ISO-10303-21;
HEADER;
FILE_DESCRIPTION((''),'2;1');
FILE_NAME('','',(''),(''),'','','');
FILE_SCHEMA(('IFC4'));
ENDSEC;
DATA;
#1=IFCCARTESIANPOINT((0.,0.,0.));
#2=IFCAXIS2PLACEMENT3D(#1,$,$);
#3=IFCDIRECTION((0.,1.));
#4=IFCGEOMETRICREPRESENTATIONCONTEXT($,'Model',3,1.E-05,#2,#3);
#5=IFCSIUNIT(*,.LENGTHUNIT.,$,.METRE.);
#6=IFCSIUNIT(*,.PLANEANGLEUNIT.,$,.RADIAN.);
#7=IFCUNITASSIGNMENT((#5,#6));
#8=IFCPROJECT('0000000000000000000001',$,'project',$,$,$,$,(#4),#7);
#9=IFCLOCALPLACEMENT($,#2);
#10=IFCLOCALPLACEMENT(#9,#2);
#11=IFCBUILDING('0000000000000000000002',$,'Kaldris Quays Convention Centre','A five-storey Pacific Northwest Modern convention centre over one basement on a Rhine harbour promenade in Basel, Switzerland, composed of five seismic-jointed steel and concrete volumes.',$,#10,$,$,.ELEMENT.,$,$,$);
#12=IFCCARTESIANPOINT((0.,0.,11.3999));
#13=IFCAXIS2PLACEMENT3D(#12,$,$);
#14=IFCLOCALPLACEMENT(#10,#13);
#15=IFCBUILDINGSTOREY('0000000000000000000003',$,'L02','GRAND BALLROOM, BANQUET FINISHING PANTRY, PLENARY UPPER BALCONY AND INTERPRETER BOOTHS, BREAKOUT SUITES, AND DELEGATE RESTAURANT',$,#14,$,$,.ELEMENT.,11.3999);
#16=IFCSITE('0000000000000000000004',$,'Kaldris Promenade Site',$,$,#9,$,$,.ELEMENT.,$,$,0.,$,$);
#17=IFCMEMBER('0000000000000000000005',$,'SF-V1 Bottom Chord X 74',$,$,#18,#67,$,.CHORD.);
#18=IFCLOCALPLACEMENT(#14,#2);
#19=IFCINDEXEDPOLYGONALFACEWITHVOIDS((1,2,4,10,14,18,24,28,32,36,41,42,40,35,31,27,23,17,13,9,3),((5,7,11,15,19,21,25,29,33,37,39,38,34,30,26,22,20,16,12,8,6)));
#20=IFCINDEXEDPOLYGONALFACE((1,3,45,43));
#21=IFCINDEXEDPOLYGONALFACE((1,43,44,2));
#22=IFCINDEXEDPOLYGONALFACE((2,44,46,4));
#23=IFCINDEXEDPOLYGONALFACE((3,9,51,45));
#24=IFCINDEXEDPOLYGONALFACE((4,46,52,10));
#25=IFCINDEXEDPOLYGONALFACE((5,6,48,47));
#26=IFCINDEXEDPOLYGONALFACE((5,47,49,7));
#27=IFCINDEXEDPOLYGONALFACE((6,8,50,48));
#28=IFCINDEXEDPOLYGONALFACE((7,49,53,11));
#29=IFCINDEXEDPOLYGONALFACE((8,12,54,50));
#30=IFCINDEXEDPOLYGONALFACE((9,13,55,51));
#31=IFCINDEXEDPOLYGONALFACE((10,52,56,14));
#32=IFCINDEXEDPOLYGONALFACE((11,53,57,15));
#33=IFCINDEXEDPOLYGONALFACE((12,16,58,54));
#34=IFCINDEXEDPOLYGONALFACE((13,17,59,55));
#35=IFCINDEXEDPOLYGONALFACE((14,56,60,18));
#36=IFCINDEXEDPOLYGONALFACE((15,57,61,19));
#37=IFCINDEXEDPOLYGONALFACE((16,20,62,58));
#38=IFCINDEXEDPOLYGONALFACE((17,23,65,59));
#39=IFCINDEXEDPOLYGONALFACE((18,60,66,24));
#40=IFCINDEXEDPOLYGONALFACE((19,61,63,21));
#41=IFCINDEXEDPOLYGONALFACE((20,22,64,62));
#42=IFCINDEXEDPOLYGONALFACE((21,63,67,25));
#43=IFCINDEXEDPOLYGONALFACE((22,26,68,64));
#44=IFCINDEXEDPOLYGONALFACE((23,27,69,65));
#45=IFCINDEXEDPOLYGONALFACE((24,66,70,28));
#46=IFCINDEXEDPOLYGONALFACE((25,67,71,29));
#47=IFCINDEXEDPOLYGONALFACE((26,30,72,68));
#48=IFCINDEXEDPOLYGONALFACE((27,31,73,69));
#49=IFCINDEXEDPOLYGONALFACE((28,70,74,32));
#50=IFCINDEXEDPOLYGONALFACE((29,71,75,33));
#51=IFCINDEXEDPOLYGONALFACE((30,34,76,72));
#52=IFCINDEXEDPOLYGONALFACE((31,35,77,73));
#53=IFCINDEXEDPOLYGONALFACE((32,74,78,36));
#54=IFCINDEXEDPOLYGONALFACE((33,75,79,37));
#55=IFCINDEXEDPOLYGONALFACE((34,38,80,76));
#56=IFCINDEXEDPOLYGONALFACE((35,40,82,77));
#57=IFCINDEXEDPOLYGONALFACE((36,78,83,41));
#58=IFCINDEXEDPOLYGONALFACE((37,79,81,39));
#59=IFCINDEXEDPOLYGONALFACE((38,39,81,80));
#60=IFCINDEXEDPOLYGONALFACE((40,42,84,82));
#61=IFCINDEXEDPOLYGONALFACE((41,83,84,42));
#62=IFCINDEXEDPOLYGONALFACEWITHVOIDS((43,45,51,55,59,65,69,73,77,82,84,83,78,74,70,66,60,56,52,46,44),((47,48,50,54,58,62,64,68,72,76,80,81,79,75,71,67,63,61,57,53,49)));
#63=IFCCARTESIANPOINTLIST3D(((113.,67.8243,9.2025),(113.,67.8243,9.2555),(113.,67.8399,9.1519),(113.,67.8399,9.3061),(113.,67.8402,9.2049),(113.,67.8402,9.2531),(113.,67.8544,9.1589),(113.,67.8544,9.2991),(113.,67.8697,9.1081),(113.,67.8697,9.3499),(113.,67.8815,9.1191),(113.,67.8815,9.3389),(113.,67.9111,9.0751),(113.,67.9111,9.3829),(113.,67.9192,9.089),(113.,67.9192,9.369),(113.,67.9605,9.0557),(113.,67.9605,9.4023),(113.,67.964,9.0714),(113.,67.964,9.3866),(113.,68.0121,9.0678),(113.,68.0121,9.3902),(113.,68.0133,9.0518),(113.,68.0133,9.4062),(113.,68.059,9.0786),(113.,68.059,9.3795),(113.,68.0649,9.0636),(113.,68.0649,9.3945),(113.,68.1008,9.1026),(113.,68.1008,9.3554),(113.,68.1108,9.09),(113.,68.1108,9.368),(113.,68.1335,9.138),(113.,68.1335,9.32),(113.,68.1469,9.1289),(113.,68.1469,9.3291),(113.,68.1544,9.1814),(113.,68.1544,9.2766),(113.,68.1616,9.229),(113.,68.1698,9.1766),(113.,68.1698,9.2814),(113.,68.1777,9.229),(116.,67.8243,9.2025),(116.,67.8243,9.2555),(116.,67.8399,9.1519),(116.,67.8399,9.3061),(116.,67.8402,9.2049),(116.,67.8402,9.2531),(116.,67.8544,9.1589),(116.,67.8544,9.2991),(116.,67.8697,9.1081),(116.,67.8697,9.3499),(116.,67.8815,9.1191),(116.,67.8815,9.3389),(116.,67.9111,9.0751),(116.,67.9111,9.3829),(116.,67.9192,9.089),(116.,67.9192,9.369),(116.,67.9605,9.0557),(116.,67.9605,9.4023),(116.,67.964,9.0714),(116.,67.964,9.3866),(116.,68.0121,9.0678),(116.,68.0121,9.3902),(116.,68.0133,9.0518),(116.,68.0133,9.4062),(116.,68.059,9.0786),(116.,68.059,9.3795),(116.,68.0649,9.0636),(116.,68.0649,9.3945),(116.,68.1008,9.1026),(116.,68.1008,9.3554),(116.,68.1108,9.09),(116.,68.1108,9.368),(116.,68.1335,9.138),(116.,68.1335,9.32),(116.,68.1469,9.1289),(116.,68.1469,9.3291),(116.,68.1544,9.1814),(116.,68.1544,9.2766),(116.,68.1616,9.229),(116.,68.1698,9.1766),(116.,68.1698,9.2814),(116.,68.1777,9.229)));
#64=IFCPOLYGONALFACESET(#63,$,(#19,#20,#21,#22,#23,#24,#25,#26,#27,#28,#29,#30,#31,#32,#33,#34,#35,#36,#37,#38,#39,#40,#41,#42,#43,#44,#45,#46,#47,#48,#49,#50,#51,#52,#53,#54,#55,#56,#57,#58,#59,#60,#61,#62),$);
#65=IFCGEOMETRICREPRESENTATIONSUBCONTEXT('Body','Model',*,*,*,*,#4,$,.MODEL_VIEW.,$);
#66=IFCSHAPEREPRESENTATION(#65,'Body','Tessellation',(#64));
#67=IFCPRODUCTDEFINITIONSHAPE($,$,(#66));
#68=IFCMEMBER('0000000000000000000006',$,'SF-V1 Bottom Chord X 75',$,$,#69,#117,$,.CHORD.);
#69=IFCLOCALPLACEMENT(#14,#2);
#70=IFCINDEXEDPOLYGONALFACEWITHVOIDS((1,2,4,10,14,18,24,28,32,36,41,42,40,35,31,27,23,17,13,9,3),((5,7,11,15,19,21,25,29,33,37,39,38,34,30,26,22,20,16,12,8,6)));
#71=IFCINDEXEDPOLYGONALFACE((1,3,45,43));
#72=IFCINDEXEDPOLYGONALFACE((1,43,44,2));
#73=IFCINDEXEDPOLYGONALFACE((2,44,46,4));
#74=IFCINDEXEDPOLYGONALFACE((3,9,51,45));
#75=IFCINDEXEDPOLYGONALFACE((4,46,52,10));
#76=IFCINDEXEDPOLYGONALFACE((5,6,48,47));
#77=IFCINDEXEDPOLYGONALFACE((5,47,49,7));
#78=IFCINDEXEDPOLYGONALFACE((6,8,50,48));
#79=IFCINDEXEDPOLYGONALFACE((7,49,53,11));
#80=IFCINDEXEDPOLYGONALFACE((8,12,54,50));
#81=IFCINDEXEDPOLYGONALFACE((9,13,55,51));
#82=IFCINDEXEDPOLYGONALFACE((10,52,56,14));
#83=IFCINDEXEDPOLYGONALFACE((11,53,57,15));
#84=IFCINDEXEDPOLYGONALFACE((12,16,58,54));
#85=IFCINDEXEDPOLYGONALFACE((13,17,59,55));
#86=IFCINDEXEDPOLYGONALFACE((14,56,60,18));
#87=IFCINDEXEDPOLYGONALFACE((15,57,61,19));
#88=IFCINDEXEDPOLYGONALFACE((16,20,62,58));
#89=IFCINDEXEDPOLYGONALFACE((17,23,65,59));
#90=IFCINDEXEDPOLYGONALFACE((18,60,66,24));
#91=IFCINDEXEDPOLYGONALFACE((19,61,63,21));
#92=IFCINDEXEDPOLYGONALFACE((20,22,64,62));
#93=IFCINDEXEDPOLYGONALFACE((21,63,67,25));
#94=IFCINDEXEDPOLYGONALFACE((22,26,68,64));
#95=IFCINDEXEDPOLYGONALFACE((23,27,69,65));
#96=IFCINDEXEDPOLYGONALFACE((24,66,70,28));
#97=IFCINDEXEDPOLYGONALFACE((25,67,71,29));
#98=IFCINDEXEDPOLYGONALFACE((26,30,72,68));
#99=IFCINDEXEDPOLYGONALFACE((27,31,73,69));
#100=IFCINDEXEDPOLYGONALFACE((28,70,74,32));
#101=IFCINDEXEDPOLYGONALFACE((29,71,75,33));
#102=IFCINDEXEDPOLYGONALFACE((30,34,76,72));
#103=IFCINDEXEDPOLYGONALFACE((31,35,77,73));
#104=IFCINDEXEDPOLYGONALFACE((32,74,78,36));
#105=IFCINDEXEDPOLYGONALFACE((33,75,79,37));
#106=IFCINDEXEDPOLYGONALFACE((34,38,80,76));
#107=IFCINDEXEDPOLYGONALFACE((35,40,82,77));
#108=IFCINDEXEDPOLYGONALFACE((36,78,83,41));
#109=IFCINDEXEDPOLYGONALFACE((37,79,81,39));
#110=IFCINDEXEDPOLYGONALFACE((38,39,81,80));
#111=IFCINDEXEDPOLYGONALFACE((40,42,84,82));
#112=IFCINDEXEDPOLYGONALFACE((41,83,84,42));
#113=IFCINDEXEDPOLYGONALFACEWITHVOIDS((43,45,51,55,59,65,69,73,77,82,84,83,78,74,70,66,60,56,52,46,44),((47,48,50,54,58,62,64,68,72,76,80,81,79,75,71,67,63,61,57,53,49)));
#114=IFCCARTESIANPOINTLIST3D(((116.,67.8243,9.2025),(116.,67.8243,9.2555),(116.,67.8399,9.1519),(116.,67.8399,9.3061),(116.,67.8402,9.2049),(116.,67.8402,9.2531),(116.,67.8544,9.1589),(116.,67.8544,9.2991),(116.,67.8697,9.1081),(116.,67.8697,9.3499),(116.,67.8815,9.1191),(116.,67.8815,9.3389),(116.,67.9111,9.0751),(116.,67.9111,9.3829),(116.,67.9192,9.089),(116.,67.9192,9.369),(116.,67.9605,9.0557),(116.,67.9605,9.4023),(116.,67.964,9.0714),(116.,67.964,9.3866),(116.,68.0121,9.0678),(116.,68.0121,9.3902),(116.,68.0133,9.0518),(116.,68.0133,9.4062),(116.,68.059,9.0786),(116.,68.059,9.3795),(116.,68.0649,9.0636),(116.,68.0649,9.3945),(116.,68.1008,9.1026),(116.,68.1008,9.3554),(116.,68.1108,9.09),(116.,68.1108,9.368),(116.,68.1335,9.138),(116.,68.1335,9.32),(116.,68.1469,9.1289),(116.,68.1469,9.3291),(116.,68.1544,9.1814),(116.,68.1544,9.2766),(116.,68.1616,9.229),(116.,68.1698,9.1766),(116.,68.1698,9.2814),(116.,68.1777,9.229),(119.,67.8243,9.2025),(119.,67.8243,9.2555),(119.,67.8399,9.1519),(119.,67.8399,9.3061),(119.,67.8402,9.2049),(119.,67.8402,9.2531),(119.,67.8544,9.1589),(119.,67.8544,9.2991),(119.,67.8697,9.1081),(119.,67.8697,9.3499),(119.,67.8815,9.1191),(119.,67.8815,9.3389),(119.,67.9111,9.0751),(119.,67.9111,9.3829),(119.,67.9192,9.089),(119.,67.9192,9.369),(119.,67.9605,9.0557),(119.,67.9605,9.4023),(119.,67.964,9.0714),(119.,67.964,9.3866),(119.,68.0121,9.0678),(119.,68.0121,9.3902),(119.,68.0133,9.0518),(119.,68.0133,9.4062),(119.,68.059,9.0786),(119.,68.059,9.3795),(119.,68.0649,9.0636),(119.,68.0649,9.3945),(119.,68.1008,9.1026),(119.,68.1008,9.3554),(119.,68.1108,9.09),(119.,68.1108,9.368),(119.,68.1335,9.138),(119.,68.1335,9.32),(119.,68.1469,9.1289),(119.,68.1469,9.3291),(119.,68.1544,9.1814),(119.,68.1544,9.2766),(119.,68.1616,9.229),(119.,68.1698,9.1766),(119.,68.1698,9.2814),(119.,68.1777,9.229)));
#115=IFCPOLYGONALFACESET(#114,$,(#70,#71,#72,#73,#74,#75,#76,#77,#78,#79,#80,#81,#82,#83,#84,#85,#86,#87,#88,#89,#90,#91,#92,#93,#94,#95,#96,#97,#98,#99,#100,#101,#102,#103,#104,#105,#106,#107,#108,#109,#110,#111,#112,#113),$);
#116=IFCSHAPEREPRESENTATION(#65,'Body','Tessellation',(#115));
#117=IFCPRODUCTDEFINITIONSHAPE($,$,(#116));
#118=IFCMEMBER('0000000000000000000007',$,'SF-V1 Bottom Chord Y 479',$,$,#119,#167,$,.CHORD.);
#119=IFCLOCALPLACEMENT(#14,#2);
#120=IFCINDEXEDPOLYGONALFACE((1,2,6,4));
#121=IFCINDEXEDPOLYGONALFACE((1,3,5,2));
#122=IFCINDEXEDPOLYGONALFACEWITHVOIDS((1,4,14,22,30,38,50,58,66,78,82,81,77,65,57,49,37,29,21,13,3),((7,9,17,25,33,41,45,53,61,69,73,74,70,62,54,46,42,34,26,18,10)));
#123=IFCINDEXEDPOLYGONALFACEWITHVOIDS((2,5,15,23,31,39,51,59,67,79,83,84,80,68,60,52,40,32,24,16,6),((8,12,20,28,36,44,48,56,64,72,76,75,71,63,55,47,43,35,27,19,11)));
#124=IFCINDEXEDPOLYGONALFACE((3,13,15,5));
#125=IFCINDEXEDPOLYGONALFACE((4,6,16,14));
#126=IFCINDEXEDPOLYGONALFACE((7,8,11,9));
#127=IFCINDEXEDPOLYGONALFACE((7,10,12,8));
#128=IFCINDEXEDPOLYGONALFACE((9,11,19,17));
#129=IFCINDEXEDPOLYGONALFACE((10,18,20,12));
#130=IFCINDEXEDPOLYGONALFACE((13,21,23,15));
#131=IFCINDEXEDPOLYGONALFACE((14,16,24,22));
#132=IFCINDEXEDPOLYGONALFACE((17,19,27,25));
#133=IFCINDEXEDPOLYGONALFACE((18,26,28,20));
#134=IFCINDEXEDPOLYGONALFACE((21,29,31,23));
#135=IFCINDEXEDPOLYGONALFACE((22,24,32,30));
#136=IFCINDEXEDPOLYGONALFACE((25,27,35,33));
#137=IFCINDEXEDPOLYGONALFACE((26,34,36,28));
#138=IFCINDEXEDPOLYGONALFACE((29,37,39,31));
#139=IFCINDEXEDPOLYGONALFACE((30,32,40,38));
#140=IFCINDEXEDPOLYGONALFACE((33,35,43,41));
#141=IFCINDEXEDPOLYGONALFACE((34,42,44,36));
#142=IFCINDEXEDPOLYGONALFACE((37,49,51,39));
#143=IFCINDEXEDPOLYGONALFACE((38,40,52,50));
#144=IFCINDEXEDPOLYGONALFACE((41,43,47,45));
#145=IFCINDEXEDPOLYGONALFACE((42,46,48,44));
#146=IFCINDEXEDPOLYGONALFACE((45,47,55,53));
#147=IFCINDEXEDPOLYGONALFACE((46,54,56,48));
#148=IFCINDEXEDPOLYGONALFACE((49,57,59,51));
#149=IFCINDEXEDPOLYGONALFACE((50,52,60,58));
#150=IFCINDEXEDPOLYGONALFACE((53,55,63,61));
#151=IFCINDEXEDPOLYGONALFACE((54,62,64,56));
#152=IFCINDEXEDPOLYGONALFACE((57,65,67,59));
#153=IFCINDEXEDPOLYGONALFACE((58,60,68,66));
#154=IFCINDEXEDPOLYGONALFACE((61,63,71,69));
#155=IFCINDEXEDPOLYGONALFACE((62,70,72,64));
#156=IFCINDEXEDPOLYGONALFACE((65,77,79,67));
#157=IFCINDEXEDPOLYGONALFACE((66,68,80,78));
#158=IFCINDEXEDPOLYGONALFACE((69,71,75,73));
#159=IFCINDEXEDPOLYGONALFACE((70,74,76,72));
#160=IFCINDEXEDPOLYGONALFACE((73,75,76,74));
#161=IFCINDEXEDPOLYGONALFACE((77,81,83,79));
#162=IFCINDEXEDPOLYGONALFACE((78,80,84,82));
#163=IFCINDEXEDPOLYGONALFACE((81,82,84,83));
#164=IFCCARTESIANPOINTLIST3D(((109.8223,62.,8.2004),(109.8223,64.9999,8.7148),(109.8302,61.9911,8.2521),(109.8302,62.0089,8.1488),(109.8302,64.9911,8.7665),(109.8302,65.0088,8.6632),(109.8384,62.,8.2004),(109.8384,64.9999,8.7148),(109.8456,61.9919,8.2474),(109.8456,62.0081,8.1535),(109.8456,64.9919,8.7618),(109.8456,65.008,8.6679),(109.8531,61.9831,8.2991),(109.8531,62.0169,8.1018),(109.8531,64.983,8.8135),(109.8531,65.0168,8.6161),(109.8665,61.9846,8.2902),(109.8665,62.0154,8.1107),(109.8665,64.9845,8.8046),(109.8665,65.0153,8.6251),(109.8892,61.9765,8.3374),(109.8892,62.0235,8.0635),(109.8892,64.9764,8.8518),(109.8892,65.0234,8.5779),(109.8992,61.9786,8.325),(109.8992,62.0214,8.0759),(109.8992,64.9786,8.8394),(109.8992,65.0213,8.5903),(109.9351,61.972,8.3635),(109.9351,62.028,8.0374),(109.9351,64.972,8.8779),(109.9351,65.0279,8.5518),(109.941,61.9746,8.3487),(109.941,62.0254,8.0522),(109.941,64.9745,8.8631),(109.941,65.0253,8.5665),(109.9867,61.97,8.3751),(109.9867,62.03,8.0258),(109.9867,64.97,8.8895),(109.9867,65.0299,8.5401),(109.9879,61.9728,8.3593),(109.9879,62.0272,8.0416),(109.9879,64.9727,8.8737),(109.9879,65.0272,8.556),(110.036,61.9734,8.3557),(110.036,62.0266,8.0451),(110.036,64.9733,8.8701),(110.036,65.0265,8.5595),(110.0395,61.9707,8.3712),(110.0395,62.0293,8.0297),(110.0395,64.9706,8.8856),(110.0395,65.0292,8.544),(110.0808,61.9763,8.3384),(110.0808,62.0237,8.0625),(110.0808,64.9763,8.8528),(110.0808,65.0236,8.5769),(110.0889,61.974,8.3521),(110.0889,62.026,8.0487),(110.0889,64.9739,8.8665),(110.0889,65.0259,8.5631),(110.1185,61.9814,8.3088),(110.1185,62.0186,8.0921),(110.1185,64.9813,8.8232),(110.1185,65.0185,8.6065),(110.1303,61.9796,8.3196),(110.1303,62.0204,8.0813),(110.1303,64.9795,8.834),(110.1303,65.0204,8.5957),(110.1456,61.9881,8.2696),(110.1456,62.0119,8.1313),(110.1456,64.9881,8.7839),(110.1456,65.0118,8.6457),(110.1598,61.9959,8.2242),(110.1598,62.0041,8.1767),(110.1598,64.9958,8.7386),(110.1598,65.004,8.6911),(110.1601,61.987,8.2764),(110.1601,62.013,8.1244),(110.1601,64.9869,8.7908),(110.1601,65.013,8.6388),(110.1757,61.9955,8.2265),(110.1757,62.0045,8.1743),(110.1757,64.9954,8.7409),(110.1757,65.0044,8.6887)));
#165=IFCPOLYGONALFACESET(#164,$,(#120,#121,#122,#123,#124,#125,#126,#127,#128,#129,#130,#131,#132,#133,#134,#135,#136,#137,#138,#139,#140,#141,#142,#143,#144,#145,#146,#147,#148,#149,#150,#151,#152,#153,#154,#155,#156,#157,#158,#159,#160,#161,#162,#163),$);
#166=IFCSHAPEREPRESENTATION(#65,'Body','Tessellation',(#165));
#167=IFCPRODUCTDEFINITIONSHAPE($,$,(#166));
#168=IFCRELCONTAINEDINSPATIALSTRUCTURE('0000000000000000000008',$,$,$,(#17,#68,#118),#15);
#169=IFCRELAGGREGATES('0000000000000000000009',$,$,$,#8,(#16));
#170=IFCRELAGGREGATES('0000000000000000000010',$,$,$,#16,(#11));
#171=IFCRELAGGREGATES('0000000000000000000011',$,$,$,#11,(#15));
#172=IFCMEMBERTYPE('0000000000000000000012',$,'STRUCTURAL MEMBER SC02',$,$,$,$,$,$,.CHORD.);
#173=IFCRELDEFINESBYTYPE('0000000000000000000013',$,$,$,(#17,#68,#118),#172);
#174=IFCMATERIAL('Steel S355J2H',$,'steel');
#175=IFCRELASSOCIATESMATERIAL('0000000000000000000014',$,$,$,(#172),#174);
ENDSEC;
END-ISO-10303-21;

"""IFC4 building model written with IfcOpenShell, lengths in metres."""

from ifc_helpers import new_model, si_unit, direction, frame, origin, origin_2d, place, context, subcontext, project, spatial, hollow_circle, extrude, material, material_profile, profile_set, type_object, element, save


model = new_model("IFC4")

# Units and contexts
model_context = context("Model", 3, precision=1e-05, world=origin(), true_north=direction((0.0, 1.0)))
body_context = subcontext(model_context, "Body", "Model", "MODEL_VIEW")
ifc_project = project(units=[si_unit("LENGTHUNIT", "METRE"), si_unit("PLANEANGLEUNIT", "RADIAN")], contexts=[model_context])

# Site, building, storey
site_placement = place(None, origin())
site = spatial("IfcSite", under=ifc_project, at=site_placement, Name="Kaldris Promenade Site", CompositionType="ELEMENT", RefElevation=0.0)
building_placement = place(site_placement, origin())
building = spatial("IfcBuilding", under=site, at=building_placement, Name="Kaldris Quays Convention Centre", Description="A five-storey Pacific Northwest Modern convention centre over one basement on a Rhine harbour promenade in Basel, Switzerland, composed of five seismic-jointed steel and concrete volumes.", CompositionType="ELEMENT")
storey_placement = place(building_placement, frame((0.0, 0.0, 11.3999)))
storey = spatial("IfcBuildingStorey", under=building, at=storey_placement, Name="L02", Description="GRAND BALLROOM, BANQUET FINISHING PANTRY, PLENARY UPPER BALCONY AND INTERPRETER BOOTHS, BREAKOUT SUITES, AND DELEGATE RESTAURANT", CompositionType="ELEMENT", Elevation=11.3999)

# Members
ifc_material_1 = material(Name="Steel S355J2H", Category="steel")
ifc_material_profile_1 = material_profile(ifc_material_1, hollow_circle(Radius=0.1777, WallThickness=0.0161, at=origin_2d()), Name="CHS 355.6x16")
ifc_profile_set_1 = profile_set([ifc_material_profile_1], Name="Steel S355J2H")
member_type_1 = type_object("IfcMemberType", Name="STRUCTURAL MEMBER SC02", PredefinedType="CHORD", material=ifc_profile_set_1)
for number, where, z_axis, x_axis, name in (
    (1, (113.0, 68.0, 9.229), (1.0, 0.0, 0.0), (0.0, 1.0, 0.0), "SF-V1 Bottom Chord X 74"),
    (2, (116.0, 68.0, 9.229), (1.0, 0.0, 0.0), (0.0, 1.0, 0.0), "SF-V1 Bottom Chord X 75"),
):
    element("IfcMember", number, at=place(storey_placement, frame(where, z_axis=z_axis, x_axis=x_axis)), inside=storey, type_object=member_type_1, Name=name, PredefinedType="CHORD", context=body_context, shape_type="SweptSolid", body=[
        extrude(hollow_circle(Radius=0.1777, WallThickness=0.0161, at=origin_2d()), origin(), (0.0, 0.0, 1.0), 3.0),
    ])
for number, where, z_axis, x_axis, name in (
    (3, (110.0, 62.0, 8.2004), (0.0, 0.985616, 0.169002), (-1.0, 0.0, 0.0), "SF-V1 Bottom Chord Y 479"),
):
    element("IfcMember", number, at=place(storey_placement, frame(where, z_axis=z_axis, x_axis=x_axis)), inside=storey, type_object=member_type_1, Name=name, PredefinedType="CHORD", context=body_context, shape_type="SweptSolid", body=[
        extrude(hollow_circle(Radius=0.1777, WallThickness=0.0161, at=origin_2d()), origin(), (0.0, 0.0, 1.0), 3.0437),
    ])

save(model, "model.ifc")
